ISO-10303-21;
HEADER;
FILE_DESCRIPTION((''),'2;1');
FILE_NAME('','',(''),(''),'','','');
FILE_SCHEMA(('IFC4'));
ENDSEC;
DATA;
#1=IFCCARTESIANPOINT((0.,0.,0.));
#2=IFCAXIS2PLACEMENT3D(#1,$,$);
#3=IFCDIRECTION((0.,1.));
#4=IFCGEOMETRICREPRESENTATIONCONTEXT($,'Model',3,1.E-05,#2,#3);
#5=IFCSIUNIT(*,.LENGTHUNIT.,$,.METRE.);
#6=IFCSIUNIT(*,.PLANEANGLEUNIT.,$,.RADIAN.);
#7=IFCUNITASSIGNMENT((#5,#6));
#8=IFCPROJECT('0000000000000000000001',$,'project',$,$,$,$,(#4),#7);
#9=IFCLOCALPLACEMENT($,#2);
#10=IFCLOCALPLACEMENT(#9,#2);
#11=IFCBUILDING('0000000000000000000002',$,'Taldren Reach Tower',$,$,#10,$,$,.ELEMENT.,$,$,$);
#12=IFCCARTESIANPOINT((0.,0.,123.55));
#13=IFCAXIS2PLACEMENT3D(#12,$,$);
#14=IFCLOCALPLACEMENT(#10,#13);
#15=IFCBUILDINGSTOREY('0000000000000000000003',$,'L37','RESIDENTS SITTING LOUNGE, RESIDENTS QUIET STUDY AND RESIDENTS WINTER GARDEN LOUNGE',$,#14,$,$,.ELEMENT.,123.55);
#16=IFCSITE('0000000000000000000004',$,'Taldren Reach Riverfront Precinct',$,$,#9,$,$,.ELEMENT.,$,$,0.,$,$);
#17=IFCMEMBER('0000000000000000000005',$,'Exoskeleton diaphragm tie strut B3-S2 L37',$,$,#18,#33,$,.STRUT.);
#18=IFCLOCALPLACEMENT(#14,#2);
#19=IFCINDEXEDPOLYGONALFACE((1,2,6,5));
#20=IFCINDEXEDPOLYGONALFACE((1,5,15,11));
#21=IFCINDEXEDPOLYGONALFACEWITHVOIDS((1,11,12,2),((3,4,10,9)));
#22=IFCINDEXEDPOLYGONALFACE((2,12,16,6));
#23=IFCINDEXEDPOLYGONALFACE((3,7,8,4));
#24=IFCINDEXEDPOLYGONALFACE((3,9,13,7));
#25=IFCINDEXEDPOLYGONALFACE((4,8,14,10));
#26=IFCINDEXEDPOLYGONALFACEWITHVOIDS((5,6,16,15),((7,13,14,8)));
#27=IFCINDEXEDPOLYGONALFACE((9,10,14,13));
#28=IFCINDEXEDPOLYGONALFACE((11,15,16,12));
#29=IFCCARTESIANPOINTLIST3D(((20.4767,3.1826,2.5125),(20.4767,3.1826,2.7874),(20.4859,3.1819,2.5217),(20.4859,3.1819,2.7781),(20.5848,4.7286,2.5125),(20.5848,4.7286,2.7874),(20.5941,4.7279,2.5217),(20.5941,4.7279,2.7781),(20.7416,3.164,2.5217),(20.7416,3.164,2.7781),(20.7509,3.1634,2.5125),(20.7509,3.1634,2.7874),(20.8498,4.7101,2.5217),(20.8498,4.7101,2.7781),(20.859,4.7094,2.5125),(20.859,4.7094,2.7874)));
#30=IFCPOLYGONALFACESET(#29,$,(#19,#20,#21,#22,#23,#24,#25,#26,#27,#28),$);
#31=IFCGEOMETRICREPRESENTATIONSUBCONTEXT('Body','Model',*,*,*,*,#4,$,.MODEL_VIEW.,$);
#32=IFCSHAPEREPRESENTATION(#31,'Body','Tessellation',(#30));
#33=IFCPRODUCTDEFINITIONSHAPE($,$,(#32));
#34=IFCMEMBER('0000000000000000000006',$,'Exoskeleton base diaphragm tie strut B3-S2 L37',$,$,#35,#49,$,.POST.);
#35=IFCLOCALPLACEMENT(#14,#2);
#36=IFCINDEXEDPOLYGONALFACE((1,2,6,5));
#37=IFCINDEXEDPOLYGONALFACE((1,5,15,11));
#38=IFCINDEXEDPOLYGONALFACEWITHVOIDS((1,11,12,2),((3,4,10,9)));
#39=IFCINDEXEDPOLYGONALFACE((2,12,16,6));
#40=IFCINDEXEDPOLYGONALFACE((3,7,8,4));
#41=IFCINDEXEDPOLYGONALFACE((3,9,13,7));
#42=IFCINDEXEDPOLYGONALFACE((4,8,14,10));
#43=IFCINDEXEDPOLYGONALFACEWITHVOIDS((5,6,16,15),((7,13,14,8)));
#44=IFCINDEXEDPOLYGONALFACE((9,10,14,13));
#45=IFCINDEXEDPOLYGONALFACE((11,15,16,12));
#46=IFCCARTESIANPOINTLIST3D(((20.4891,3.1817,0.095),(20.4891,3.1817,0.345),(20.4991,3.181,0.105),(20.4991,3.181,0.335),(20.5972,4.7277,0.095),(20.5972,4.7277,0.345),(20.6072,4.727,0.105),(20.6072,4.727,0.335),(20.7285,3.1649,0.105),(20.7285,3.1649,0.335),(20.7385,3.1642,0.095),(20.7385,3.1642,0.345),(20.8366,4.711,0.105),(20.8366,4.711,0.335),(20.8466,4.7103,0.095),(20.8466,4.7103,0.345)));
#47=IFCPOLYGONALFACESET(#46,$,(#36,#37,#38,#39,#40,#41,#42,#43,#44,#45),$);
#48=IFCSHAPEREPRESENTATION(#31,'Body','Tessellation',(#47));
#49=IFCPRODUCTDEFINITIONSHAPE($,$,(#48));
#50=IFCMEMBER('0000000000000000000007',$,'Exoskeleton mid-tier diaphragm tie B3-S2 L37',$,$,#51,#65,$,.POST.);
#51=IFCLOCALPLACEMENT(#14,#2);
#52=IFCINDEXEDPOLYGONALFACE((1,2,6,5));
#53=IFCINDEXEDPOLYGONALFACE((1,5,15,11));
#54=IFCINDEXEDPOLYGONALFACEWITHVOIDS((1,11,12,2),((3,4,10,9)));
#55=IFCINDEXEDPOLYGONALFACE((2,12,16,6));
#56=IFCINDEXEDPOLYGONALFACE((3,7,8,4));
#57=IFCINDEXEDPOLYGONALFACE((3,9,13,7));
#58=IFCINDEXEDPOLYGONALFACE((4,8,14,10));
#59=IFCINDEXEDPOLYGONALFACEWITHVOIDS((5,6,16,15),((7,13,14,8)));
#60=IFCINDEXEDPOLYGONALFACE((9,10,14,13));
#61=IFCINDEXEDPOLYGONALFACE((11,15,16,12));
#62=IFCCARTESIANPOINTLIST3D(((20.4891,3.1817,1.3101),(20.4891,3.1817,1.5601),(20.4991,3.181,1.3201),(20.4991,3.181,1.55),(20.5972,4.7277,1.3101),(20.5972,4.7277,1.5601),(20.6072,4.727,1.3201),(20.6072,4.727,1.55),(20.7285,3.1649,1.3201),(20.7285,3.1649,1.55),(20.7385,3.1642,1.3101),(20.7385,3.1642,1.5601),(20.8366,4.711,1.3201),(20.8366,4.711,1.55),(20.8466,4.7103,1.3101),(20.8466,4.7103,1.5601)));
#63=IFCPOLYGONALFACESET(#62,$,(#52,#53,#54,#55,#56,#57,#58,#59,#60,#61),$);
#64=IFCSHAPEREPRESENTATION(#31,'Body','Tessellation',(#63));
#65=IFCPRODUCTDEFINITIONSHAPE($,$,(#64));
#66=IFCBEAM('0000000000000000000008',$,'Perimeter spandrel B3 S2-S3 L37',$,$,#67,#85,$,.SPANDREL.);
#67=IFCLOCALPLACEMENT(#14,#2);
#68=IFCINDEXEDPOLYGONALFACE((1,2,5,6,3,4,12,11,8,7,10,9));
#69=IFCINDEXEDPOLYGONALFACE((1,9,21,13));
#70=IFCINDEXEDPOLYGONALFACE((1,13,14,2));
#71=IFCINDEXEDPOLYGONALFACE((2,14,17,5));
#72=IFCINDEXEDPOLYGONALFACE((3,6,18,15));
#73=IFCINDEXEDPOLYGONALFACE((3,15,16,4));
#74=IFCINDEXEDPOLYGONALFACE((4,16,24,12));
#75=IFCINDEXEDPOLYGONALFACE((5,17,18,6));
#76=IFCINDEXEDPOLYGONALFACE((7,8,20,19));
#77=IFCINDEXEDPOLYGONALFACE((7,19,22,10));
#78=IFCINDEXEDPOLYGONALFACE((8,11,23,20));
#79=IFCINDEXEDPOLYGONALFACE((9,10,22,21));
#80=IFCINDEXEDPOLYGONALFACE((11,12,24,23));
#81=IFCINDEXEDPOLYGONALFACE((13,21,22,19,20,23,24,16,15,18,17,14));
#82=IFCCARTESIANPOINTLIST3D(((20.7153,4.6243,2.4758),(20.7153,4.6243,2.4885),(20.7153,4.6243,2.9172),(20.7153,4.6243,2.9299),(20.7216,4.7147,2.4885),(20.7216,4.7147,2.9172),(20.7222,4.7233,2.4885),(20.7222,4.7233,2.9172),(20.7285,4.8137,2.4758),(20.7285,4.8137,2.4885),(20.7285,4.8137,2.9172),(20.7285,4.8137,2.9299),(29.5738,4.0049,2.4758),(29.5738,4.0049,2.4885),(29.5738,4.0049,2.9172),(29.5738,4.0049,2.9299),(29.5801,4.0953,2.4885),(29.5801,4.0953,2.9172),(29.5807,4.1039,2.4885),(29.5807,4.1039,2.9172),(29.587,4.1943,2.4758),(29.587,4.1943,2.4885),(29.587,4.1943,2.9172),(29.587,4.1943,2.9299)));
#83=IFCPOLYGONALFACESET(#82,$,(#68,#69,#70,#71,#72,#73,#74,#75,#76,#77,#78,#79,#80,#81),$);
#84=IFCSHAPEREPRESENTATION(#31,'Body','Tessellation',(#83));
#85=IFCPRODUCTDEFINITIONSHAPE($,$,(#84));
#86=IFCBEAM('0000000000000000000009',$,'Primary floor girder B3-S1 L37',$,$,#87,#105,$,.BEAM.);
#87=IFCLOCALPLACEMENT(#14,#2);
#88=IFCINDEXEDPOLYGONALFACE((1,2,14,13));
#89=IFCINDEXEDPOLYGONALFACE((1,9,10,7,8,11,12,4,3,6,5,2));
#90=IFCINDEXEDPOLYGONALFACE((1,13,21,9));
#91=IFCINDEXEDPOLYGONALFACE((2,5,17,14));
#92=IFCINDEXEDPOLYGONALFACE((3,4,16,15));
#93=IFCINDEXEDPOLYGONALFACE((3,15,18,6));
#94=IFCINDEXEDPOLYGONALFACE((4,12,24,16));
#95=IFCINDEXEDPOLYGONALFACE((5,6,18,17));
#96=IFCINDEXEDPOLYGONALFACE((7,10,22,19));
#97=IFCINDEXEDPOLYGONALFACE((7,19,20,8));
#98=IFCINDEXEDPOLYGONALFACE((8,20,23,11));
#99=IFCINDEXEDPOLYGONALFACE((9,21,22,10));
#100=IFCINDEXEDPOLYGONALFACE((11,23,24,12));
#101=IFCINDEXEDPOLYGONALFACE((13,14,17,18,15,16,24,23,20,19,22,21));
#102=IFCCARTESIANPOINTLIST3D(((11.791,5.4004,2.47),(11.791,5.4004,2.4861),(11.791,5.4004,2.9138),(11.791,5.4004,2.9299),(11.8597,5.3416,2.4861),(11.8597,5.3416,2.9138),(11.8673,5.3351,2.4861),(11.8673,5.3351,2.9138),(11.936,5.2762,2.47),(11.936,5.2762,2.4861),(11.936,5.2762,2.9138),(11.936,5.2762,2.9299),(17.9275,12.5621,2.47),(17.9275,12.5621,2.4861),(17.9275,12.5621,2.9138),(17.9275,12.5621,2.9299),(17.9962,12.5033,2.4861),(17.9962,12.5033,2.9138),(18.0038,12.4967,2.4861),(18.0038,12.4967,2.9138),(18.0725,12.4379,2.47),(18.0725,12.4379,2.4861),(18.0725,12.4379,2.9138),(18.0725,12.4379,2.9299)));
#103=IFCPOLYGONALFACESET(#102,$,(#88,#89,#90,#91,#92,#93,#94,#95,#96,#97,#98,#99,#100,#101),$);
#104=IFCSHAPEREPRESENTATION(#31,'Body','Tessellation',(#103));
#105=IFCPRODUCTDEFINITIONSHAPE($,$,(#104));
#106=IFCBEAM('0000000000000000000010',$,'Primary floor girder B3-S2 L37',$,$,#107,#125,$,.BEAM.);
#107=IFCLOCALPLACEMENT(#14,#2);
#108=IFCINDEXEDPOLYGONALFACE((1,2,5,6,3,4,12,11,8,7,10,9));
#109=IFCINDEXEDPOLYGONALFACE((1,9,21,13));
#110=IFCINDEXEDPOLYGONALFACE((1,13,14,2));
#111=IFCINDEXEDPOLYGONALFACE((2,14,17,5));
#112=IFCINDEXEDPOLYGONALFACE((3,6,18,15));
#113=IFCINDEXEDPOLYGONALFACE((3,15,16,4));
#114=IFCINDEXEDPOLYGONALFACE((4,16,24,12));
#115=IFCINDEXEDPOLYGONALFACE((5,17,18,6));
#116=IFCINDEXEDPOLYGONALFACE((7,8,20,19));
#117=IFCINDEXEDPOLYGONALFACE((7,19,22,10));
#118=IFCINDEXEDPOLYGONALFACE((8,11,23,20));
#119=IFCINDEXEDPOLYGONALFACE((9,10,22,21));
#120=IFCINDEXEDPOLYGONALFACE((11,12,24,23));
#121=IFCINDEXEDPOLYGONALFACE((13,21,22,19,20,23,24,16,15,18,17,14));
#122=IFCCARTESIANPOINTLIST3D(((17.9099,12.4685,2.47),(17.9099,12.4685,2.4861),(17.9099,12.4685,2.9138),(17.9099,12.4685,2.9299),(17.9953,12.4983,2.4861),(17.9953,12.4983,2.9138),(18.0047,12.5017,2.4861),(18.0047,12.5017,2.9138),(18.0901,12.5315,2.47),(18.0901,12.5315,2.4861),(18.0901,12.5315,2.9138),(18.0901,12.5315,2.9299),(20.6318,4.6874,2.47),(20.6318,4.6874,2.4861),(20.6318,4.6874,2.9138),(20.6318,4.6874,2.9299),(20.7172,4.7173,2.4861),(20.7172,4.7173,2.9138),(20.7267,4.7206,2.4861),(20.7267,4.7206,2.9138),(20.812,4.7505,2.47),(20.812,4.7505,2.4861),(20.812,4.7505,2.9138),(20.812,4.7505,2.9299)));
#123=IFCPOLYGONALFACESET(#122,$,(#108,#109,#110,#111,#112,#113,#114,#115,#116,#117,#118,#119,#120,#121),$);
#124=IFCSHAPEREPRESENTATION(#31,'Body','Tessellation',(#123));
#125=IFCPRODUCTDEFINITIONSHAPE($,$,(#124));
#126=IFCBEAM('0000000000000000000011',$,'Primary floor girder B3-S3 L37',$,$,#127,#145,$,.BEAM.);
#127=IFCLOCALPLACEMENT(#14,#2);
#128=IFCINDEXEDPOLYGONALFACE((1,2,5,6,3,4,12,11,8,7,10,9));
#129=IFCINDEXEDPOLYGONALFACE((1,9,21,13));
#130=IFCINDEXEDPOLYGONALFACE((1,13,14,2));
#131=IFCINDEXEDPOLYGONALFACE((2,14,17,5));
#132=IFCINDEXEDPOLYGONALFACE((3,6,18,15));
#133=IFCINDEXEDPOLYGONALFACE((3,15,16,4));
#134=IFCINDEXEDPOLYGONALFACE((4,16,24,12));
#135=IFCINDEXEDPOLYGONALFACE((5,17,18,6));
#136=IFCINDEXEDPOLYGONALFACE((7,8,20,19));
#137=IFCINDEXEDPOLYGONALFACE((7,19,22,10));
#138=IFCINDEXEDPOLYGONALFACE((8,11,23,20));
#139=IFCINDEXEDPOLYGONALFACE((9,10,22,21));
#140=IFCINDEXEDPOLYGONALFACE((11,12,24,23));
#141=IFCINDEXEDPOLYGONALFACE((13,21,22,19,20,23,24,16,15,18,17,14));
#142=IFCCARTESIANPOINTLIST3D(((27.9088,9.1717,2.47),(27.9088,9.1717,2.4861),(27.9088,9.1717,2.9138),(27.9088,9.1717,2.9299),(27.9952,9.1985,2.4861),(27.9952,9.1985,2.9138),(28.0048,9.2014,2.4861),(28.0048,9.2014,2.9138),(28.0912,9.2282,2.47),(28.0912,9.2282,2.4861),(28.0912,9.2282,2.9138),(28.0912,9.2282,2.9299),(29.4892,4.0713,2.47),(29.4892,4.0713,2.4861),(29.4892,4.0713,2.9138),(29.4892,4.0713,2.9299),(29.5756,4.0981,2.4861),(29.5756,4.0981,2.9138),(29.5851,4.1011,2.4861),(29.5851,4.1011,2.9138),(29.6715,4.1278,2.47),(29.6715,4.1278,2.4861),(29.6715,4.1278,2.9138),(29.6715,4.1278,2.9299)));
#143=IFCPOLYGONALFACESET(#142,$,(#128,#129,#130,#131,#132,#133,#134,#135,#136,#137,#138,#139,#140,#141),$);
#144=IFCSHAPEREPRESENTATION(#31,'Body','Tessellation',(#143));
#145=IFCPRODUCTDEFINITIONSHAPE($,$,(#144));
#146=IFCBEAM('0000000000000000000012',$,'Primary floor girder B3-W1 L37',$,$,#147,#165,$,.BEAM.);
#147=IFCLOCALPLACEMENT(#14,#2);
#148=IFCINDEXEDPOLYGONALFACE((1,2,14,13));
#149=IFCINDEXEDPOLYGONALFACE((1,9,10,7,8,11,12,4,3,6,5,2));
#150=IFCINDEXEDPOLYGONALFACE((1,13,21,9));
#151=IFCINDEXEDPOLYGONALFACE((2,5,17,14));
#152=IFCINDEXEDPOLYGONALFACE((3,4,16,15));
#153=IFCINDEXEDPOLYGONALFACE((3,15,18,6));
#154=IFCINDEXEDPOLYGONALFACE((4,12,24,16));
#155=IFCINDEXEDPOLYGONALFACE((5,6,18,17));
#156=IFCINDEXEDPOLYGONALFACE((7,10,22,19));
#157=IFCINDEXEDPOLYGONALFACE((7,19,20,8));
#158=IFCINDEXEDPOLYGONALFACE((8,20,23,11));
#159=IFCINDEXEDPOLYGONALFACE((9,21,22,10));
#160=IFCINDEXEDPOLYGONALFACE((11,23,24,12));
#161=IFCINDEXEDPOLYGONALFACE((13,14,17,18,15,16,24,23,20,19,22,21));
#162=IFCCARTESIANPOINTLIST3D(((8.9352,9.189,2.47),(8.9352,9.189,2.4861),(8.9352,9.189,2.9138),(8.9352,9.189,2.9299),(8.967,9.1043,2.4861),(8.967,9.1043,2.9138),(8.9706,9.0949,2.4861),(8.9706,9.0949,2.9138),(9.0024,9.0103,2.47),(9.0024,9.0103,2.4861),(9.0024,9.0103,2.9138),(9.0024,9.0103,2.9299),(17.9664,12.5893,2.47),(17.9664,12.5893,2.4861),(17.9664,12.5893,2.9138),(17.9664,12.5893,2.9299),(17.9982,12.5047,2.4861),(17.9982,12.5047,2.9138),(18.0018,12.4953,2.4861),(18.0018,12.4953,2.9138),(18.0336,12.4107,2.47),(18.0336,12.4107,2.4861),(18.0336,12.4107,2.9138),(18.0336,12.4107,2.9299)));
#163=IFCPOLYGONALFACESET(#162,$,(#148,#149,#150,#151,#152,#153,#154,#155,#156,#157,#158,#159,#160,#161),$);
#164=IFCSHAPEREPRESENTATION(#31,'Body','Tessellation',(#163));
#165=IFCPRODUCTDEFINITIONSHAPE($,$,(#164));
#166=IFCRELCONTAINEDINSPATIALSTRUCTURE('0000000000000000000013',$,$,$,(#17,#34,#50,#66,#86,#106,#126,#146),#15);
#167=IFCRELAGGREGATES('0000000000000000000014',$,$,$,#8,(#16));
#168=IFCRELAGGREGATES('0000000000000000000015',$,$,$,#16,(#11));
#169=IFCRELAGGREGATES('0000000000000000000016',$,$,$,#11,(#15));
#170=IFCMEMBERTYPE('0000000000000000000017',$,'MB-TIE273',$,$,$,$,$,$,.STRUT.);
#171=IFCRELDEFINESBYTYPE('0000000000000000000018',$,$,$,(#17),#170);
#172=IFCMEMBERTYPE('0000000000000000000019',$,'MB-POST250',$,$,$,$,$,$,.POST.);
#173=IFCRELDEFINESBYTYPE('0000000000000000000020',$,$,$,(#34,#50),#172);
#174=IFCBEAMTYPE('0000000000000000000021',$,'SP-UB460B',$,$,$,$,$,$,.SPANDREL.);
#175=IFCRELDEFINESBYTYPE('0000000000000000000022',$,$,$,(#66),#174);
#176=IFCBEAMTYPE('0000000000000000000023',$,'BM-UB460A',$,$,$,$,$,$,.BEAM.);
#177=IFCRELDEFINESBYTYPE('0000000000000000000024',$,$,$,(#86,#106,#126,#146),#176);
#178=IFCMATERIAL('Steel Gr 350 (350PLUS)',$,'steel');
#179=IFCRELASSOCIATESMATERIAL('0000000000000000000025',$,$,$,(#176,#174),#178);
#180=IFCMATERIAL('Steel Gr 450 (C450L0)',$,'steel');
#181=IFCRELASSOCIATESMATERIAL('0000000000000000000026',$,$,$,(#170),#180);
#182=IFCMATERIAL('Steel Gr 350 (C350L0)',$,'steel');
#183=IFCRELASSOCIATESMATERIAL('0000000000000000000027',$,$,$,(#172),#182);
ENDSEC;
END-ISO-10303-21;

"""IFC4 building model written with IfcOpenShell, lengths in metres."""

from ifc_helpers import new_model, si_unit, direction, frame, origin, origin_2d, place, context, subcontext, project, spatial, hollow_rectangle, i_section, extrude, source, transform, mapped, material, material_profile, profile_set, type_object, element, save


model = new_model("IFC4")

# Units and contexts
model_context = context("Model", 3, precision=1e-05, world=origin(), true_north=direction((0.0, 1.0)))
body_context = subcontext(model_context, "Body", "Model", "MODEL_VIEW")
ifc_project = project(units=[si_unit("LENGTHUNIT", "METRE"), si_unit("PLANEANGLEUNIT", "RADIAN")], contexts=[model_context])

# Site, building, storey
site_placement = place(None, origin())
site = spatial("IfcSite", under=ifc_project, at=site_placement, Name="Taldren Reach Riverfront Precinct", CompositionType="ELEMENT", RefElevation=0.0)
building_placement = place(site_placement, origin())
building = spatial("IfcBuilding", under=site, at=building_placement, Name="Taldren Reach Tower", CompositionType="ELEMENT")
storey_placement = place(building_placement, frame((0.0, 0.0, 123.55)))
storey = spatial("IfcBuildingStorey", under=building, at=storey_placement, Name="L37", Description="RESIDENTS SITTING LOUNGE, RESIDENTS QUIET STUDY AND RESIDENTS WINTER GARDEN LOUNGE", CompositionType="ELEMENT", Elevation=123.55)

# Shared definitions
ifc_material_1 = material(Name="Steel Gr 350 (350PLUS)", Category="steel")
ifc_material_2 = material(Name="Steel Gr 450 (C450L0)", Category="steel")

# Shared definitions
ifc_material_profile_1 = material_profile(ifc_material_1, i_section(OverallWidth=0.1909, OverallDepth=0.46, WebThickness=0.01, FlangeThickness=0.0161, at=origin_2d()), Name="460UB82.1")
ifc_profile_set_1 = profile_set([ifc_material_profile_1], Name="Steel Gr 350 (350PLUS)")
beam_type_1 = type_object("IfcBeamType", Name="BM-UB460A", PredefinedType="BEAM", material=ifc_profile_set_1)

# Members
ifc_material_profile_2 = material_profile(ifc_material_2, hollow_rectangle(XDim=0.2749, YDim=0.2749, WallThickness=0.0093, at=origin_2d()), Name="275x275x9.3SHS")
ifc_profile_set_2 = profile_set([ifc_material_profile_2], Name="Steel Gr 450 (C450L0)")
member_type_1 = type_object("IfcMemberType", Name="MB-TIE273", PredefinedType="STRUT", material=ifc_profile_set_2)
shared_shape_1 = source(origin(), body_context, "Body", "SweptSolid", [
    extrude(hollow_rectangle(XDim=0.2749, YDim=0.2749, WallThickness=0.0093, at=origin_2d()), origin(), (0.0, 0.0, 1.0), 1.5498),
])
member_placement = place(storey_placement, frame((20.7219, 4.719, 2.6499), z_axis=(-0.069781, -0.997562, 0.0), x_axis=(0.997562, -0.069781, 0.0)))
element("IfcMember", 1, at=member_placement, inside=storey, type_object=member_type_1, Name="Exoskeleton diaphragm tie strut B3-S2 L37", PredefinedType="STRUT", context=body_context, shape_type="MappedRepresentation", body=[
    mapped(shared_shape_1, transform((0.0, 0.0, 0.0), scale=1.0)),
])
ifc_material_3 = material(Name="Steel Gr 350 (C350L0)", Category="steel")
ifc_material_profile_3 = material_profile(ifc_material_3, hollow_rectangle(XDim=0.25, YDim=0.25, WallThickness=0.01, at=origin_2d()), Name="250x250x10.0SHS")
ifc_profile_set_3 = profile_set([ifc_material_profile_3], Name="Steel Gr 350 (C350L0)")
member_type_2 = type_object("IfcMemberType", Name="MB-POST250", PredefinedType="POST", material=ifc_profile_set_3)
shared_shape_2 = source(origin(), body_context, "Body", "SweptSolid", [
    extrude(hollow_rectangle(XDim=0.25, YDim=0.25, WallThickness=0.01, at=origin_2d()), origin(), (0.0, 0.0, 1.0), 1.5498),
])
for number, where, z_axis, x_axis, name in (
    (2, (20.7219, 4.719, 0.22), (-0.069781, -0.997562, 0.0), (0.997562, -0.069781, 0.0), "Exoskeleton base diaphragm tie strut B3-S2 L37"),
    (3, (20.7219, 4.719, 1.4351), (-0.069781, -0.997562, 0.0), (0.997562, -0.069781, 0.0), "Exoskeleton mid-tier diaphragm tie B3-S2 L37"),
):
    element("IfcMember", number, at=place(storey_placement, frame(where, z_axis=z_axis, x_axis=x_axis)), inside=storey, type_object=member_type_2, Name=name, PredefinedType="POST", context=body_context, shape_type="MappedRepresentation", body=[
        mapped(shared_shape_2, transform((0.0, 0.0, 0.0), scale=1.0)),
    ])

# Beams
ifc_material_profile_4 = material_profile(ifc_material_1, i_section(OverallWidth=0.1899, OverallDepth=0.4541, WebThickness=0.0085, FlangeThickness=0.0127, at=origin_2d()), Name="460UB67.1")
ifc_profile_set_4 = profile_set([ifc_material_profile_4], Name="Steel Gr 350 (350PLUS)")
beam_type_2 = type_object("IfcBeamType", Name="SP-UB460B", PredefinedType="SPANDREL", material=ifc_profile_set_4)
shared_shape_3 = source(origin(), body_context, "Body", "SweptSolid", [
    extrude(i_section(OverallWidth=0.1899, OverallDepth=0.4541, WebThickness=0.0085, FlangeThickness=0.0127, at=origin_2d()), origin(), (0.0, 0.0, 1.0), 8.8801),
])
beam_1_placement = place(storey_placement, frame((20.7219, 4.719, 2.7029), z_axis=(0.997564, -0.06975, 0.0), x_axis=(0.06975, 0.997564, 0.0)))
element("IfcBeam", 4, at=beam_1_placement, inside=storey, type_object=beam_type_2, Name="Perimeter spandrel B3 S2-S3 L37", PredefinedType="SPANDREL", context=body_context, shape_type="MappedRepresentation", body=[
    mapped(shared_shape_3, transform((0.0, 0.0, 0.0), scale=1.0)),
])
shared_shape_4 = source(origin(), body_context, "Body", "SweptSolid", [
    extrude(i_section(OverallWidth=0.1909, OverallDepth=0.46, WebThickness=0.01, FlangeThickness=0.0161, at=origin_2d()), origin(), (0.0, 0.0, 1.0), 9.4312),
])
beam_2_placement = place(storey_placement, frame((18.0, 12.5, 2.7), z_axis=(-0.650666, -0.759364, 0.0), x_axis=(0.759364, -0.650666, 0.0)))
element("IfcBeam", 5, at=beam_2_placement, inside=storey, type_object=beam_type_1, Name="Primary floor girder B3-S1 L37", PredefinedType="BEAM", context=body_context, shape_type="MappedRepresentation", body=[
    mapped(shared_shape_4, transform((0.0, 0.0, 0.0), scale=1.0)),
])
shared_shape_5 = source(origin(), body_context, "Body", "SweptSolid", [
    extrude(i_section(OverallWidth=0.1909, OverallDepth=0.46, WebThickness=0.01, FlangeThickness=0.0161, at=origin_2d()), origin(), (0.0, 0.0, 1.0), 8.2434),
])
beam_3_placement = place(storey_placement, frame((18.0, 12.5, 2.7), z_axis=(0.330196, -0.943912, 0.0), x_axis=(0.943912, 0.330196, 0.0)))
element("IfcBeam", 6, at=beam_3_placement, inside=storey, type_object=beam_type_1, Name="Primary floor girder B3-S2 L37", PredefinedType="BEAM", context=body_context, shape_type="MappedRepresentation", body=[
    mapped(shared_shape_5, transform((0.0, 0.0, 0.0), scale=1.0)),
])
shared_shape_6 = source(origin(), body_context, "Body", "SweptSolid", [
    extrude(i_section(OverallWidth=0.1909, OverallDepth=0.46, WebThickness=0.01, FlangeThickness=0.0161, at=origin_2d()), origin(), (0.0, 0.0, 1.0), 5.3396),
])
beam_4_placement = place(storey_placement, frame((28.0, 9.2, 2.7), z_axis=(0.295965, -0.955199, 0.0), x_axis=(0.955199, 0.295965, 0.0)))
element("IfcBeam", 7, at=beam_4_placement, inside=storey, type_object=beam_type_1, Name="Primary floor girder B3-S3 L37", PredefinedType="BEAM", context=body_context, shape_type="MappedRepresentation", body=[
    mapped(shared_shape_6, transform((0.0, 0.0, 0.0), scale=1.0)),
])
shared_shape_7 = source(origin(), body_context, "Body", "SweptSolid", [
    extrude(i_section(OverallWidth=0.1909, OverallDepth=0.46, WebThickness=0.01, FlangeThickness=0.0161, at=origin_2d()), origin(), (0.0, 0.0, 1.0), 9.6501),
])
beam_5_placement = place(storey_placement, frame((18.0, 12.5, 2.7), z_axis=(-0.935863, -0.352365, 0.0), x_axis=(0.352365, -0.935863, 0.0)))
element("IfcBeam", 8, at=beam_5_placement, inside=storey, type_object=beam_type_1, Name="Primary floor girder B3-W1 L37", PredefinedType="BEAM", context=body_context, shape_type="MappedRepresentation", body=[
    mapped(shared_shape_7, transform((0.0, 0.0, 0.0), scale=1.0)),
])

save(model, "model.ifc")
